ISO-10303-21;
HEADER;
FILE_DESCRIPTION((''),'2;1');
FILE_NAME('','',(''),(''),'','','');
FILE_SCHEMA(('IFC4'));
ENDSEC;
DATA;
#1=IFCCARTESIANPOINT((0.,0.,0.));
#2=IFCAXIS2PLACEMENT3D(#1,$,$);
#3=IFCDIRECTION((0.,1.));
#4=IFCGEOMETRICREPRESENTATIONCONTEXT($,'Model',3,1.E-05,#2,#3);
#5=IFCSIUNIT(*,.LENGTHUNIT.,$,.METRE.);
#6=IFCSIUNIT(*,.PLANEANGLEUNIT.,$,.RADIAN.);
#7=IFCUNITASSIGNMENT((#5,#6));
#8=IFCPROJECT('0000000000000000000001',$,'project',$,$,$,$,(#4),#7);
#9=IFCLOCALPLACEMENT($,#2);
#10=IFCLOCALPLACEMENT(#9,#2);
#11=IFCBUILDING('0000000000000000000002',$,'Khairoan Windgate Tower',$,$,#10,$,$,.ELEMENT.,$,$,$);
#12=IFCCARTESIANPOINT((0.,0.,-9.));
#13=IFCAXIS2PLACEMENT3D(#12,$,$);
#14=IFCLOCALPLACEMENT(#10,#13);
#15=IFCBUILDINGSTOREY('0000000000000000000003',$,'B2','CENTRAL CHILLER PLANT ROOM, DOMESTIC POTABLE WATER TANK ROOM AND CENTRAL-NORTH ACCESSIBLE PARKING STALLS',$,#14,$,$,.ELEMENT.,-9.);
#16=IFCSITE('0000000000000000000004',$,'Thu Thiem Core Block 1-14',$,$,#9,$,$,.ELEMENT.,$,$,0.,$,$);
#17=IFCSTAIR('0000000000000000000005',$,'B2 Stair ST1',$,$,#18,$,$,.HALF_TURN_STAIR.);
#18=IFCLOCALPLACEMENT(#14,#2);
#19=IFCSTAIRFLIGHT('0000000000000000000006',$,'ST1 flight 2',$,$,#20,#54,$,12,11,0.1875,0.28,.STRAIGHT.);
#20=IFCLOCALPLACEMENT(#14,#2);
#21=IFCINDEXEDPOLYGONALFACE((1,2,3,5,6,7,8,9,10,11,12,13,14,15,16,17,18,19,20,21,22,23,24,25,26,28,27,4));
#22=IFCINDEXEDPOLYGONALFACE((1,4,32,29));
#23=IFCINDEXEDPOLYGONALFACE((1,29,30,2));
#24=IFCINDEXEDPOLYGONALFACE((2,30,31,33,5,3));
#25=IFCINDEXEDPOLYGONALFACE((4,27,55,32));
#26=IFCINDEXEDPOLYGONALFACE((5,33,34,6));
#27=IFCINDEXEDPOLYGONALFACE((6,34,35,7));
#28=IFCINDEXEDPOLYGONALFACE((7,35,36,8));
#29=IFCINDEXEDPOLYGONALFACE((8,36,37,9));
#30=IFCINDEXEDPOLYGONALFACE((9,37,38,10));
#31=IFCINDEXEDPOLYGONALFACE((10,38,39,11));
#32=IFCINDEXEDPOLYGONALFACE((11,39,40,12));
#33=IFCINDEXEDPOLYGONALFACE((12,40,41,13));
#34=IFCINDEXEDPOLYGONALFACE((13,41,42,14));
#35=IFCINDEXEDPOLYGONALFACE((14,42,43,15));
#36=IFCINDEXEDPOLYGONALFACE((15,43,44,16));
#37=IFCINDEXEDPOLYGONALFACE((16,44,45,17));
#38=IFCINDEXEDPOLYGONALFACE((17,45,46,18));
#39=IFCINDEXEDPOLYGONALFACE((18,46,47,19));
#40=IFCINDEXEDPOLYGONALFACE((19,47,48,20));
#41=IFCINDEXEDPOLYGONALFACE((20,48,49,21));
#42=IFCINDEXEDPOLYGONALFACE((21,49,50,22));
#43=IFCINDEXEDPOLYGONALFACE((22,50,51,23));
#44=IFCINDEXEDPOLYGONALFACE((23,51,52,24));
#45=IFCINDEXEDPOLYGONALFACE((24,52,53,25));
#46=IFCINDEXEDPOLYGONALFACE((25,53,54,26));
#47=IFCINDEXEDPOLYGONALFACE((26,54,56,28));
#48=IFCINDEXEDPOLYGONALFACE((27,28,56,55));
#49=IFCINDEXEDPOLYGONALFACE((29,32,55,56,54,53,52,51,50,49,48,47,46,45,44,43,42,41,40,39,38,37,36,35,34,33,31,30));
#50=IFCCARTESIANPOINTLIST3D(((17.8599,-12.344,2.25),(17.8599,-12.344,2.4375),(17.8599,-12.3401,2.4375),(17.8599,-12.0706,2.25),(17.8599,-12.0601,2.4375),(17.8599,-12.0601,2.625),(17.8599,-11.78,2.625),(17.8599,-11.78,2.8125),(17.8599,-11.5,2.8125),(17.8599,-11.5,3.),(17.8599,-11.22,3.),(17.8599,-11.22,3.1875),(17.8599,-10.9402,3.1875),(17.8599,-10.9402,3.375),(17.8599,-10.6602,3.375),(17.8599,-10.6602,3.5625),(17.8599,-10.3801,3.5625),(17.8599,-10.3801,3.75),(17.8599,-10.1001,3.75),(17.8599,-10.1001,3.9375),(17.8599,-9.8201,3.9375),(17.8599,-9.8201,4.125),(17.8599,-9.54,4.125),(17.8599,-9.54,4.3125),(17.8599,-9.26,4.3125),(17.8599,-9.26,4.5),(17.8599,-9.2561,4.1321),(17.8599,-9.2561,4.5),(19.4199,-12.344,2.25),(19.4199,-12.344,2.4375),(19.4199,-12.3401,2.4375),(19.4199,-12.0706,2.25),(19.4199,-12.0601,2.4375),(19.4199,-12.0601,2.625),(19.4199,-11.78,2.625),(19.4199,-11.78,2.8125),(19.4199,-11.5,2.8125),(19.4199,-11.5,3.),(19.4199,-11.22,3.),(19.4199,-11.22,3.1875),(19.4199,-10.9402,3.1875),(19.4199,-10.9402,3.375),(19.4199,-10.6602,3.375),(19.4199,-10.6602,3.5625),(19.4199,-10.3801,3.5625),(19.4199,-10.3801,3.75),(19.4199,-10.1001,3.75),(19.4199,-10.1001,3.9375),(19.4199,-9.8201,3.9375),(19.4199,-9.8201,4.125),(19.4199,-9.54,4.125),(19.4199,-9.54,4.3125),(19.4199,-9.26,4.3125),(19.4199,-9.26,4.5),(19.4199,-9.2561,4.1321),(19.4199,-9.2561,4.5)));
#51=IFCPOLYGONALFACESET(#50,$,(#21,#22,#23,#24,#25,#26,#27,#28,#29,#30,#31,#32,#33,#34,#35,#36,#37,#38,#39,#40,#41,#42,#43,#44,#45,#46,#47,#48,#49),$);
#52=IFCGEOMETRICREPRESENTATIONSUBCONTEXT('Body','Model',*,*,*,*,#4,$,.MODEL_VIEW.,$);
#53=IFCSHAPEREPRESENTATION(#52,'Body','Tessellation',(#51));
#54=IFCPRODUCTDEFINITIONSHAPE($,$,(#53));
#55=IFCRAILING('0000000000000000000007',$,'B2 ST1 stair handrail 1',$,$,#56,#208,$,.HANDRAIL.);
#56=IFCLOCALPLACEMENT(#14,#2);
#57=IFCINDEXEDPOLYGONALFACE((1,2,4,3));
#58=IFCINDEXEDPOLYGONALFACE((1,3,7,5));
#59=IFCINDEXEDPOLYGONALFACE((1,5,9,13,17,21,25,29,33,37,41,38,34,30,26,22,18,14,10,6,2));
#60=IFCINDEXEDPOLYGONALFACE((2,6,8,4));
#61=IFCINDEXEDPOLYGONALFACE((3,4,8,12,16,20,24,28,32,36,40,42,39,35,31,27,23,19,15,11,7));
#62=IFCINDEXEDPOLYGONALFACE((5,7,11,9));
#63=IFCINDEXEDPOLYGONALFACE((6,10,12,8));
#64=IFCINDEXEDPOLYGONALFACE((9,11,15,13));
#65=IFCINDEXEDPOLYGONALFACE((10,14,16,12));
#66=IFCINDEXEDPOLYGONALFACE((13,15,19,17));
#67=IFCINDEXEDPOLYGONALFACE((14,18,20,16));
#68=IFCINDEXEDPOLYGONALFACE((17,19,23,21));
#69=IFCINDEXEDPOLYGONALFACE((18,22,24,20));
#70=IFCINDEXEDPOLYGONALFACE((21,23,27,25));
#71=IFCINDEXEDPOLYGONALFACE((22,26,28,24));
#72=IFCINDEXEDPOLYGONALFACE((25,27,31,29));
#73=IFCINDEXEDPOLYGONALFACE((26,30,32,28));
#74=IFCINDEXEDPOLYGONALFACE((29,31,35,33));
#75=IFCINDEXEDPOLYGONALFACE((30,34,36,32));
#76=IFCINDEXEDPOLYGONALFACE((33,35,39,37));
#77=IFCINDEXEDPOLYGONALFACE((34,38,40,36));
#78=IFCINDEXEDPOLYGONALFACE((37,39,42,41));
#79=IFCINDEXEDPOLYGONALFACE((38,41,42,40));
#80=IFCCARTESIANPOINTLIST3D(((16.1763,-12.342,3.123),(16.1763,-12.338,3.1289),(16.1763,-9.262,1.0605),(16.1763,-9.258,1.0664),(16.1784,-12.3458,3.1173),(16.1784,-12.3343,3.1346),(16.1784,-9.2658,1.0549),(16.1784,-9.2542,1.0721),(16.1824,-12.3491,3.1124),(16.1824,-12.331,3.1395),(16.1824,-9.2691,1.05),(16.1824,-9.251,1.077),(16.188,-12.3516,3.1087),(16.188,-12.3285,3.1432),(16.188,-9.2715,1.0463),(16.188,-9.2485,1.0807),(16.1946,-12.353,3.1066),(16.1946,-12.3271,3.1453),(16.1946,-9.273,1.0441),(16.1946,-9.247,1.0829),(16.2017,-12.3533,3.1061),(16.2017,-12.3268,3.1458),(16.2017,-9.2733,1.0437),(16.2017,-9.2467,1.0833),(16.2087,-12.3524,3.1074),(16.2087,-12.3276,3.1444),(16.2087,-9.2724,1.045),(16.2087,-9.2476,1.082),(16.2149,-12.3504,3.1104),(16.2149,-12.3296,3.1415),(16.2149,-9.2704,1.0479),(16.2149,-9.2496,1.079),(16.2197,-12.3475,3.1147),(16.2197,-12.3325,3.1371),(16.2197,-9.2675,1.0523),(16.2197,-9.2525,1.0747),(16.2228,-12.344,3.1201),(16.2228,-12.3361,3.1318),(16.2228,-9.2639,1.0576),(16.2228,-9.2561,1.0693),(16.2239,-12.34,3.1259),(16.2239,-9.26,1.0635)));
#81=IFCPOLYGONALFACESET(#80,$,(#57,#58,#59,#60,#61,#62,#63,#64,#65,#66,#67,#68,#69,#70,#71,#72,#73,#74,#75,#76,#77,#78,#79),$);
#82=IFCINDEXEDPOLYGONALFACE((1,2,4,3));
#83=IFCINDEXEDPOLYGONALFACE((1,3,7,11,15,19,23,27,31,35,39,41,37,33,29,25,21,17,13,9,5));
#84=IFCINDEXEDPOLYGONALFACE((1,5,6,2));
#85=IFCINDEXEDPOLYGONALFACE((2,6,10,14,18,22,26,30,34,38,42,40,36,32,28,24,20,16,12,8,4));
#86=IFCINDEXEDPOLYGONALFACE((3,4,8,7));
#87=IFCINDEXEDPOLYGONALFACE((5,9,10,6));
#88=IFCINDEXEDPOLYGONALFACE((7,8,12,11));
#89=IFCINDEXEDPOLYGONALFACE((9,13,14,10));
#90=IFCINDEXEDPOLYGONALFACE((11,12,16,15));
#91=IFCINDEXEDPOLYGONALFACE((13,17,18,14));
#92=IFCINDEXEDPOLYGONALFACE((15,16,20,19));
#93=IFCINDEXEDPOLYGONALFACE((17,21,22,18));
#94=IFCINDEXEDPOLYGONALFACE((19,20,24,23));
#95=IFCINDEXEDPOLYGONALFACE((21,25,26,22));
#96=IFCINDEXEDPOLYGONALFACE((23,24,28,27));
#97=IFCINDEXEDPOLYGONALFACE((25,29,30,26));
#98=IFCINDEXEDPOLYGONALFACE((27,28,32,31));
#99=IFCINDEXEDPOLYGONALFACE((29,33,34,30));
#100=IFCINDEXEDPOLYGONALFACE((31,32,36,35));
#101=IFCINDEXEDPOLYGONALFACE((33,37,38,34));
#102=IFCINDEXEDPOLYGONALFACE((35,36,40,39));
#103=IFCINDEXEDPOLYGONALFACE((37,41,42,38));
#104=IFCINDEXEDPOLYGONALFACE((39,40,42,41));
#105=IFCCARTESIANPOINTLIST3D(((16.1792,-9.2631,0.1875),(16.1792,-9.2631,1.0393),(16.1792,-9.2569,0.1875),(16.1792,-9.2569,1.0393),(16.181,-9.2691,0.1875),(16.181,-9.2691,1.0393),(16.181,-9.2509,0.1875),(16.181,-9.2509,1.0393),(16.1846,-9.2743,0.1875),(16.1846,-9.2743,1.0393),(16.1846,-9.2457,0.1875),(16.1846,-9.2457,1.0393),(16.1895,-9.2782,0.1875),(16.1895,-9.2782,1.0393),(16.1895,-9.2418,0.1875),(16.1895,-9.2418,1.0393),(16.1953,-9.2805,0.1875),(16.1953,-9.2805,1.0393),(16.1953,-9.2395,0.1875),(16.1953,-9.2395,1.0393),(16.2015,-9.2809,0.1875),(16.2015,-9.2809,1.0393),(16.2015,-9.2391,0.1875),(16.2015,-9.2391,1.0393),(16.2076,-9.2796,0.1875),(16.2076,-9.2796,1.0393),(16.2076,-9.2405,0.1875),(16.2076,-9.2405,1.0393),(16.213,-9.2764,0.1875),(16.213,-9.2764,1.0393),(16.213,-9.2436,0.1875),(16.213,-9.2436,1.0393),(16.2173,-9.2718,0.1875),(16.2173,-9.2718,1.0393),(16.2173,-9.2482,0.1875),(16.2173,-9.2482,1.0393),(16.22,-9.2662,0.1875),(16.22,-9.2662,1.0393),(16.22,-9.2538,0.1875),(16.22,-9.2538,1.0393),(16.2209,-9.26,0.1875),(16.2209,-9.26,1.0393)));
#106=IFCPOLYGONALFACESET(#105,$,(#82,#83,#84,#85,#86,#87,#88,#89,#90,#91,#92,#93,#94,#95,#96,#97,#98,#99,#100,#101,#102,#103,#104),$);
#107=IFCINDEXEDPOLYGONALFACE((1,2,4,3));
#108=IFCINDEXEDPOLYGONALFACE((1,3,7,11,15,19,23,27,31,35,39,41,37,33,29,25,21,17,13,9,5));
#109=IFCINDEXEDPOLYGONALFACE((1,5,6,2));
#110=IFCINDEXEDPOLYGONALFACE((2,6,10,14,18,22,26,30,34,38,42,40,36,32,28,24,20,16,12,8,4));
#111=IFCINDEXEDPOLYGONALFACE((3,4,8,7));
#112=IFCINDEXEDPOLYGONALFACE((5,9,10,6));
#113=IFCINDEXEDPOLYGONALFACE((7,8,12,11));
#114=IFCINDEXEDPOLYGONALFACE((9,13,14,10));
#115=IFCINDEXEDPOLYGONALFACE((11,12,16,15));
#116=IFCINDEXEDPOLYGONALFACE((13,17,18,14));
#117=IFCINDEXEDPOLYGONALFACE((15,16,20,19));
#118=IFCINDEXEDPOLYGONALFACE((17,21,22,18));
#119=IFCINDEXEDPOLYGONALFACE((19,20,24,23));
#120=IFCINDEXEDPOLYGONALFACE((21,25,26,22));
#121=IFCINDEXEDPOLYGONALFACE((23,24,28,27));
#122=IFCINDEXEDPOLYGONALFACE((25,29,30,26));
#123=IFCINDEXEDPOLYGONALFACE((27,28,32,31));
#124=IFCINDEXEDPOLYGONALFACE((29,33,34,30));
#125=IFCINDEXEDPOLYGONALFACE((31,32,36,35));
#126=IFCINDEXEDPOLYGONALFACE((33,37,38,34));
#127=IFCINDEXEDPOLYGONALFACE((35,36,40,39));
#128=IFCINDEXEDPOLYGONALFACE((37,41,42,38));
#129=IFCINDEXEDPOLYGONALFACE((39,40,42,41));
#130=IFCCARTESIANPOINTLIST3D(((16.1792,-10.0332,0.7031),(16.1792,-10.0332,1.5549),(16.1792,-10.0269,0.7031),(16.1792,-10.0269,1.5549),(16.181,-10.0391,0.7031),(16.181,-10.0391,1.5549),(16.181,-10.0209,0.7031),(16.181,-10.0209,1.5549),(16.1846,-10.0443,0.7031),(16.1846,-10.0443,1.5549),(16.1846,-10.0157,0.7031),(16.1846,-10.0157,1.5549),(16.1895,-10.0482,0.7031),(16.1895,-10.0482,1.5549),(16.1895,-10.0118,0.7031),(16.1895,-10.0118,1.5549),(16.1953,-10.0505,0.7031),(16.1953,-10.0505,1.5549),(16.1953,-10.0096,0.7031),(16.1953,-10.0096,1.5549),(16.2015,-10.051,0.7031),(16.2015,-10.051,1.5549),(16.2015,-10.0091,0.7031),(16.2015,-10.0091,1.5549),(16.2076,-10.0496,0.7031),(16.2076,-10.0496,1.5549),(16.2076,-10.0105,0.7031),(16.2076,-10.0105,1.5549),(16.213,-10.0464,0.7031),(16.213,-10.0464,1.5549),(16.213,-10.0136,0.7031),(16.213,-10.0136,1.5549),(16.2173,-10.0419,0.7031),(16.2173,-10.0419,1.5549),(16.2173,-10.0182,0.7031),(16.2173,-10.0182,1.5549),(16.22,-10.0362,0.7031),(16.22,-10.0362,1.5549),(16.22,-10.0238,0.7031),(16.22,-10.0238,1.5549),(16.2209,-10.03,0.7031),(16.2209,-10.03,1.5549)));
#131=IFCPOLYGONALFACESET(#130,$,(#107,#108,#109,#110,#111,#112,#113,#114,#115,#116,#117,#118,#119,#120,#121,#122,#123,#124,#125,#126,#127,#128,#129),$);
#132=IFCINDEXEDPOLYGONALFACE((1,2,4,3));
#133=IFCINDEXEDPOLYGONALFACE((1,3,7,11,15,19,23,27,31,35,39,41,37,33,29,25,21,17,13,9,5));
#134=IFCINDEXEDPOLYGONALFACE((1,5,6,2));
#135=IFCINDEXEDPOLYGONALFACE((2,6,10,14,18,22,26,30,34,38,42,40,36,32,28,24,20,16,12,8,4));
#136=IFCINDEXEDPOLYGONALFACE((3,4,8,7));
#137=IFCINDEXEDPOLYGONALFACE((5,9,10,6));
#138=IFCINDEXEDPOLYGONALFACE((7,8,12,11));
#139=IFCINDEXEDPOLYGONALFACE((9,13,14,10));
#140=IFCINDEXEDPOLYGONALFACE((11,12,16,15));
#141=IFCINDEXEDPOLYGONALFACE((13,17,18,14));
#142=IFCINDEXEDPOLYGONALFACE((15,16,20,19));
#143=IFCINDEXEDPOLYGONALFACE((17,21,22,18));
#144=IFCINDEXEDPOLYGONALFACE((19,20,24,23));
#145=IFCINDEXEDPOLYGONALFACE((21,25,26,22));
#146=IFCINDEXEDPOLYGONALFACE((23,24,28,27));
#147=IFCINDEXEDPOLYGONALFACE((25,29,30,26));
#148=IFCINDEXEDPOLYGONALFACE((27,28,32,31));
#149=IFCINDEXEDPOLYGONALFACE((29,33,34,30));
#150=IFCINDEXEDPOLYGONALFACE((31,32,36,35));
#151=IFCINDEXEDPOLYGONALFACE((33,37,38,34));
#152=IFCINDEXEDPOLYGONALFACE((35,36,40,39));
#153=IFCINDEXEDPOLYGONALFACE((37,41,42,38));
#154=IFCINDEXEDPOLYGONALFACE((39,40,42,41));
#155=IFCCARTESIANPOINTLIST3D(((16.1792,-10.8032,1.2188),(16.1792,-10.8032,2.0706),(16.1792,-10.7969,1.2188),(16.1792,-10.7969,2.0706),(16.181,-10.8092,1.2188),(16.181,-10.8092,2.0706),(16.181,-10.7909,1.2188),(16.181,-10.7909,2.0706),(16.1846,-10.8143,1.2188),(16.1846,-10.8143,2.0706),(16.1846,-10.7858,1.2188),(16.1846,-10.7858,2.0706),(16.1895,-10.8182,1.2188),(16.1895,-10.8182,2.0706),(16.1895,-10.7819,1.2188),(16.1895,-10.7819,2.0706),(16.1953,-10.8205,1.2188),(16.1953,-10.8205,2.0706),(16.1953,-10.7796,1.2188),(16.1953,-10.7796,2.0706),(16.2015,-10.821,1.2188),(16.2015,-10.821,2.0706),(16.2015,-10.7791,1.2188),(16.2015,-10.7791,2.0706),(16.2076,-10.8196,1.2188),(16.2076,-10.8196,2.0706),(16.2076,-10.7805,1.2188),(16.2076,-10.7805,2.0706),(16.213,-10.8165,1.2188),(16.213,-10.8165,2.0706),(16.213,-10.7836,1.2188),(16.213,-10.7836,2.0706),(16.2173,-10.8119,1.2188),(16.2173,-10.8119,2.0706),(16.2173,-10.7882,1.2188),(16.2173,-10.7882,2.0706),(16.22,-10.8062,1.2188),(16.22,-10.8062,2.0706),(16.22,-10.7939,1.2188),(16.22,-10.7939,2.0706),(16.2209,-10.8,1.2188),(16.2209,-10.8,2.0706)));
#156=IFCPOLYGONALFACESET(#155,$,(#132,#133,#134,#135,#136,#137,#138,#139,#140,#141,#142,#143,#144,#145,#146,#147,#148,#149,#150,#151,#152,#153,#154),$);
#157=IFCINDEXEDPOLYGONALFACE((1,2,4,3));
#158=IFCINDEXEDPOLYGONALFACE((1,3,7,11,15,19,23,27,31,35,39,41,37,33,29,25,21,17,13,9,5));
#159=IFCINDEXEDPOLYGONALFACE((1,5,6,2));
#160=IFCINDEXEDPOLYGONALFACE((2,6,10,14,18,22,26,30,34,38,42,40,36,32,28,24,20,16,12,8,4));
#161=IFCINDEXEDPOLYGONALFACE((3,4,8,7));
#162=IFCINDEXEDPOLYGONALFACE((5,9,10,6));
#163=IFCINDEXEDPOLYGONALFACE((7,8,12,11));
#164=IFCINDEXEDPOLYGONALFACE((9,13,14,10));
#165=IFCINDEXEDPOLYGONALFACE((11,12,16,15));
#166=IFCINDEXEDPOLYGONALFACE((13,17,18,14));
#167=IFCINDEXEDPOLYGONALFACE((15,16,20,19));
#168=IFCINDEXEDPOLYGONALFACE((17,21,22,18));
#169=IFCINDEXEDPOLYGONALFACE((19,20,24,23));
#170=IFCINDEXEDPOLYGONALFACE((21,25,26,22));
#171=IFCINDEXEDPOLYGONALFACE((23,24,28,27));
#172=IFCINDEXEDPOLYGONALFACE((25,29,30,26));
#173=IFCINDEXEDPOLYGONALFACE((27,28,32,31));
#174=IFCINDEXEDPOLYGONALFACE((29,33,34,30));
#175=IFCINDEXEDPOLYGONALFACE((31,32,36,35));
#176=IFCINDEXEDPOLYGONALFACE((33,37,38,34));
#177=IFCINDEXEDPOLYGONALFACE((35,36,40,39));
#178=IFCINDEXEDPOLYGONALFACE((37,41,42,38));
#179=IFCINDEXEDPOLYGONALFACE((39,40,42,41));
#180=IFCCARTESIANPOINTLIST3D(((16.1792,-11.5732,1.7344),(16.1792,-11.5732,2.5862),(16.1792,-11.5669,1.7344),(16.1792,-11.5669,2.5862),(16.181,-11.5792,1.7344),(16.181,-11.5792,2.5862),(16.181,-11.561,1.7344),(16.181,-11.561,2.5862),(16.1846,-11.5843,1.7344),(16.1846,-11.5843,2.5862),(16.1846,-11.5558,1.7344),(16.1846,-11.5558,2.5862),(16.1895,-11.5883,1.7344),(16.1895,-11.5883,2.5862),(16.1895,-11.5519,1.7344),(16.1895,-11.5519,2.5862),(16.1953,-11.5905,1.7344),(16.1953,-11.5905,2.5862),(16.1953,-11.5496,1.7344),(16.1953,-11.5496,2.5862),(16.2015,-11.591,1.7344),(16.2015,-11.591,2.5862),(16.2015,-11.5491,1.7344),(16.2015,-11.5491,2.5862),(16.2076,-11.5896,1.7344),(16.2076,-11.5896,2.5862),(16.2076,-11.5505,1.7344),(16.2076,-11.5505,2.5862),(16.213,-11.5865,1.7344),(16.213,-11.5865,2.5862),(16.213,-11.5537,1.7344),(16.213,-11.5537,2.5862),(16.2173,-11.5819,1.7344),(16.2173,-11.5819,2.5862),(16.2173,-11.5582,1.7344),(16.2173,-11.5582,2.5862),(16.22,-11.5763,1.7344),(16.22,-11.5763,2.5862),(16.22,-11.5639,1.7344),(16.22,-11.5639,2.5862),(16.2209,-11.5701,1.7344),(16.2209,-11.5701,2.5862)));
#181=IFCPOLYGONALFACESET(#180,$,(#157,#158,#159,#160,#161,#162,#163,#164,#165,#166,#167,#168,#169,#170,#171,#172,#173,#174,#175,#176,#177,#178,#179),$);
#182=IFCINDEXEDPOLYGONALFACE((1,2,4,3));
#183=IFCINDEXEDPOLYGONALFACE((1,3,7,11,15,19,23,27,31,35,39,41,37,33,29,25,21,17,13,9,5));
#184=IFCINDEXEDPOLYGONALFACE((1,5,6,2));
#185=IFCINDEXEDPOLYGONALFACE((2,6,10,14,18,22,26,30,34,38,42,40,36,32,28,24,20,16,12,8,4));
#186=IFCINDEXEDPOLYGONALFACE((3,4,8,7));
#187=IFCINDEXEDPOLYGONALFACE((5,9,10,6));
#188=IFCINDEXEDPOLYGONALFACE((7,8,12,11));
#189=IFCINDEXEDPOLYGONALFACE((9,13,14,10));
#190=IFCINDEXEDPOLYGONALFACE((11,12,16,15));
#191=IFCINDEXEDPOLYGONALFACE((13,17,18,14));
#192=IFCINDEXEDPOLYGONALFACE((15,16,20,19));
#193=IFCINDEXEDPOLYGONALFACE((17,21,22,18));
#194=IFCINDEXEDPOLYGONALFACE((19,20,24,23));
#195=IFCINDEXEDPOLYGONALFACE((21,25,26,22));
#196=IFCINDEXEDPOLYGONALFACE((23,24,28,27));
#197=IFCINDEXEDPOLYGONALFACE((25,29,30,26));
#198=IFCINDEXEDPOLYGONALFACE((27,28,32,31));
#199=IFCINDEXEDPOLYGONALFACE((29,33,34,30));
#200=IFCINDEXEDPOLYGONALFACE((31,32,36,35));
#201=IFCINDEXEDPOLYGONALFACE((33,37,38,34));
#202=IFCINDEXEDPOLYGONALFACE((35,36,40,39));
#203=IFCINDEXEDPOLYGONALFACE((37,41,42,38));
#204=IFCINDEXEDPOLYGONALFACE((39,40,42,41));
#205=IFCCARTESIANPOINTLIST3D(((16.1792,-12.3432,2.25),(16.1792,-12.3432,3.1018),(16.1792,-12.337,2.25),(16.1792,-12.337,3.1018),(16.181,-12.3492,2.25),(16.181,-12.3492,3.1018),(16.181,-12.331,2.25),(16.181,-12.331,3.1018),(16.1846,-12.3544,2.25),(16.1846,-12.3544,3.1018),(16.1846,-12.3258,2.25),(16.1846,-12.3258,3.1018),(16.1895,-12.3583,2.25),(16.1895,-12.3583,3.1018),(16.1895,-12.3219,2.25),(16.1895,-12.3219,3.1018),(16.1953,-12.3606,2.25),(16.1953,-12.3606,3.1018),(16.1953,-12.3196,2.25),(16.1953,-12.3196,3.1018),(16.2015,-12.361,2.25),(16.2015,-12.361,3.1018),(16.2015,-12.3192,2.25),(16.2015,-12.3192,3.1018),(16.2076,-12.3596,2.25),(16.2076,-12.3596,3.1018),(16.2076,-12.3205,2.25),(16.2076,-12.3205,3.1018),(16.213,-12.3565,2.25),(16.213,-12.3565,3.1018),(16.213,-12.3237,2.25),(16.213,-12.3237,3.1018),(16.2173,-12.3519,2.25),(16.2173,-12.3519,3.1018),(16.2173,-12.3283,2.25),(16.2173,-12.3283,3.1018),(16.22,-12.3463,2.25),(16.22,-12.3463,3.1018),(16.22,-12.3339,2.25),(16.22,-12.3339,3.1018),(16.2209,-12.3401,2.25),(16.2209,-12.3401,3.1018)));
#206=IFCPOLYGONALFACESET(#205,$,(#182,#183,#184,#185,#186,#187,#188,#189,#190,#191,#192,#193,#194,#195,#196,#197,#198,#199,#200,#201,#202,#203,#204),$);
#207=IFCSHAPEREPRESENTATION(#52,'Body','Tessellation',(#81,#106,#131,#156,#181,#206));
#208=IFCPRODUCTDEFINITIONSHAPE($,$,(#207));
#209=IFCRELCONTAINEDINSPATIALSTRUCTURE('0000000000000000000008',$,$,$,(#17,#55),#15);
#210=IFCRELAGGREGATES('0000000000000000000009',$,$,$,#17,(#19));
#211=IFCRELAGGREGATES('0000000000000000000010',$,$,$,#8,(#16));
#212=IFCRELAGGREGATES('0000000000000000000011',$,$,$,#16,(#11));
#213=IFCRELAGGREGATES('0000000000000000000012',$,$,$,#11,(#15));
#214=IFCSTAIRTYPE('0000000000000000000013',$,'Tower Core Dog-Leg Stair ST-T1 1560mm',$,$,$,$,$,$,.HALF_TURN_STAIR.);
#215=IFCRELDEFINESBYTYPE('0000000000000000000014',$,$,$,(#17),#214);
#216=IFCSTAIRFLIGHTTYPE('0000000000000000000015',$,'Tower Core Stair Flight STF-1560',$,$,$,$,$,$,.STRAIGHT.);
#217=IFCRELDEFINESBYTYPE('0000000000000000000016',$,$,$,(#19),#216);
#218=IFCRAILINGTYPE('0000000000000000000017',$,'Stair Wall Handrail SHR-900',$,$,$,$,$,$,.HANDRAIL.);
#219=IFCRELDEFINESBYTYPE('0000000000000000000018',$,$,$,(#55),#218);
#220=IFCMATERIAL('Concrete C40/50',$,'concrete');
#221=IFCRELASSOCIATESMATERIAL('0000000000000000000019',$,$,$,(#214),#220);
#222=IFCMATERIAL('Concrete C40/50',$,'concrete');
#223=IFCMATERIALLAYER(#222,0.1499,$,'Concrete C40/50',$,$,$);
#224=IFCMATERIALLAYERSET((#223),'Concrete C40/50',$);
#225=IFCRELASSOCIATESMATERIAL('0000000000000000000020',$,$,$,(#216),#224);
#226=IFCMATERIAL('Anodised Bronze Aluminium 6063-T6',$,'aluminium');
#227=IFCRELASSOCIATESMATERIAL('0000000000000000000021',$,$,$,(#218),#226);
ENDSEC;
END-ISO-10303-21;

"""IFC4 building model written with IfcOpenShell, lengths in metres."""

from ifc_helpers import new_model, si_unit, direction, frame, origin, origin_2d, place, context, subcontext, project, spatial, polyline, circle, outline, extrude, material, layer, layer_set, type_object, element, aggregate, save


model = new_model("IFC4")

# Units and contexts
model_context = context("Model", 3, precision=1e-05, world=origin(), true_north=direction((0.0, 1.0)))
body_context = subcontext(model_context, "Body", "Model", "MODEL_VIEW")
ifc_project = project(units=[si_unit("LENGTHUNIT", "METRE"), si_unit("PLANEANGLEUNIT", "RADIAN")], contexts=[model_context])

# Site, building, storey
site_placement = place(None, origin())
site = spatial("IfcSite", under=ifc_project, at=site_placement, Name="Thu Thiem Core Block 1-14", CompositionType="ELEMENT", RefElevation=0.0)
building_placement = place(site_placement, origin())
building = spatial("IfcBuilding", under=site, at=building_placement, Name="Khairoan Windgate Tower", CompositionType="ELEMENT")
storey_placement = place(building_placement, frame((0.0, 0.0, -9.0)))
storey = spatial("IfcBuildingStorey", under=building, at=storey_placement, Name="B2", Description="CENTRAL CHILLER PLANT ROOM, DOMESTIC POTABLE WATER TANK ROOM AND CENTRAL-NORTH ACCESSIBLE PARKING STALLS", CompositionType="ELEMENT", Elevation=-9.0)

# Stair, stair flight
ifc_material_1 = material(Name="Concrete C40/50", Category="concrete")
stair_type = type_object("IfcStairType", Name="Tower Core Dog-Leg Stair ST-T1 1560mm", PredefinedType="HALF_TURN_STAIR", material=ifc_material_1)
stair_placement = place(storey_placement, origin())
stair = element("IfcStair", 1, at=stair_placement, inside=storey, type_object=stair_type, Name="B2 Stair ST1", PredefinedType="HALF_TURN_STAIR")
ifc_material_2 = material(Name="Concrete C40/50", Category="concrete")
ifc_layer_1 = layer(ifc_material_2, 0.1499, Name="Concrete C40/50")
ifc_layer_set_1 = layer_set([ifc_layer_1], Name="Concrete C40/50")
stair_flight_type = type_object("IfcStairFlightType", Name="Tower Core Stair Flight STF-1560", PredefinedType="STRAIGHT", material=ifc_layer_set_1)
stair_flight_1_placement = place(storey_placement, frame((18.6399, -12.3401, 2.25), z_axis=(0.0, 0.0, 1.0), x_axis=(0.0, 1.0, 0.0)))
stair_flight_1 = element("IfcStairFlight", 2, at=stair_flight_1_placement, type_object=stair_flight_type, Name="ST1 flight 2", NumberOfRisers=12, NumberOfTreads=11, PredefinedType="STRAIGHT", RiserHeight=0.1875, TreadLength=0.28, context=body_context, shape_type="SweptSolid", body=[
    extrude(outline(polyline([(-0.0039, 0.0), (-0.0039, 0.1875), (0.0, 0.1875), (0.28, 0.1875), (0.28, 0.375), (0.5601, 0.375), (0.5601, 0.5625), (0.8401, 0.5625), (0.8401, 0.75), (1.1201, 0.75), (1.1201, 0.9375), (1.3999, 0.9375), (1.3999, 1.125), (1.6799, 1.125), (1.6799, 1.3125), (1.96, 1.3125), (1.96, 1.5), (2.24, 1.5), (2.24, 1.6875), (2.52, 1.6875), (2.52, 1.875), (2.8, 1.875), (2.8, 2.0625), (3.0801, 2.0625), (3.0801, 2.25), (3.084, 2.25), (3.084, 1.8821), (0.2695, 0.0), (-0.0039, 0.0)])), frame((0.0, 0.78, 0.0), z_axis=(0.0, -1.0, 0.0), x_axis=(1.0, 0.0, 0.0)), (0.0, 0.0, 1.0), 1.5601),
])
aggregate(stair, [stair_flight_1])

# Railing
ifc_material_3 = material(Name="Anodised Bronze Aluminium 6063-T6", Category="aluminium")
railing_type_1 = type_object("IfcRailingType", Name="Stair Wall Handrail SHR-900", PredefinedType="HANDRAIL", material=ifc_material_3)
railing_1_placement = place(storey_placement, frame((16.2, -9.26, 0.1875)))
element("IfcRailing", 3, at=railing_1_placement, inside=storey, type_object=railing_type_1, Name="B2 ST1 stair handrail 1", PredefinedType="HANDRAIL", context=body_context, shape_type="SweptSolid", body=[
    extrude(circle(Radius=0.0239, at=origin_2d()), frame((0.0, 0.0, 0.876), z_axis=(0.0, -0.830914, 0.556401), x_axis=(1.0, 0.0, 0.0)), (0.0, 0.0, 1.0), 3.7068),
    extrude(circle(Radius=0.021, at=origin_2d()), origin(), (0.0, 0.0, 1.0), 0.8518),
    extrude(circle(Radius=0.021, at=origin_2d()), frame((0.0, -0.77, 0.5156)), (0.0, 0.0, 1.0), 0.8518),
    extrude(circle(Radius=0.021, at=origin_2d()), frame((0.0, -1.54, 1.0312)), (0.0, 0.0, 1.0), 0.8518),
    extrude(circle(Radius=0.021, at=origin_2d()), frame((0.0, -2.3101, 1.5469)), (0.0, 0.0, 1.0), 0.8518),
    extrude(circle(Radius=0.021, at=origin_2d()), frame((0.0, -3.0801, 2.0625)), (0.0, 0.0, 1.0), 0.8518),
])

save(model, "model.ifc")
